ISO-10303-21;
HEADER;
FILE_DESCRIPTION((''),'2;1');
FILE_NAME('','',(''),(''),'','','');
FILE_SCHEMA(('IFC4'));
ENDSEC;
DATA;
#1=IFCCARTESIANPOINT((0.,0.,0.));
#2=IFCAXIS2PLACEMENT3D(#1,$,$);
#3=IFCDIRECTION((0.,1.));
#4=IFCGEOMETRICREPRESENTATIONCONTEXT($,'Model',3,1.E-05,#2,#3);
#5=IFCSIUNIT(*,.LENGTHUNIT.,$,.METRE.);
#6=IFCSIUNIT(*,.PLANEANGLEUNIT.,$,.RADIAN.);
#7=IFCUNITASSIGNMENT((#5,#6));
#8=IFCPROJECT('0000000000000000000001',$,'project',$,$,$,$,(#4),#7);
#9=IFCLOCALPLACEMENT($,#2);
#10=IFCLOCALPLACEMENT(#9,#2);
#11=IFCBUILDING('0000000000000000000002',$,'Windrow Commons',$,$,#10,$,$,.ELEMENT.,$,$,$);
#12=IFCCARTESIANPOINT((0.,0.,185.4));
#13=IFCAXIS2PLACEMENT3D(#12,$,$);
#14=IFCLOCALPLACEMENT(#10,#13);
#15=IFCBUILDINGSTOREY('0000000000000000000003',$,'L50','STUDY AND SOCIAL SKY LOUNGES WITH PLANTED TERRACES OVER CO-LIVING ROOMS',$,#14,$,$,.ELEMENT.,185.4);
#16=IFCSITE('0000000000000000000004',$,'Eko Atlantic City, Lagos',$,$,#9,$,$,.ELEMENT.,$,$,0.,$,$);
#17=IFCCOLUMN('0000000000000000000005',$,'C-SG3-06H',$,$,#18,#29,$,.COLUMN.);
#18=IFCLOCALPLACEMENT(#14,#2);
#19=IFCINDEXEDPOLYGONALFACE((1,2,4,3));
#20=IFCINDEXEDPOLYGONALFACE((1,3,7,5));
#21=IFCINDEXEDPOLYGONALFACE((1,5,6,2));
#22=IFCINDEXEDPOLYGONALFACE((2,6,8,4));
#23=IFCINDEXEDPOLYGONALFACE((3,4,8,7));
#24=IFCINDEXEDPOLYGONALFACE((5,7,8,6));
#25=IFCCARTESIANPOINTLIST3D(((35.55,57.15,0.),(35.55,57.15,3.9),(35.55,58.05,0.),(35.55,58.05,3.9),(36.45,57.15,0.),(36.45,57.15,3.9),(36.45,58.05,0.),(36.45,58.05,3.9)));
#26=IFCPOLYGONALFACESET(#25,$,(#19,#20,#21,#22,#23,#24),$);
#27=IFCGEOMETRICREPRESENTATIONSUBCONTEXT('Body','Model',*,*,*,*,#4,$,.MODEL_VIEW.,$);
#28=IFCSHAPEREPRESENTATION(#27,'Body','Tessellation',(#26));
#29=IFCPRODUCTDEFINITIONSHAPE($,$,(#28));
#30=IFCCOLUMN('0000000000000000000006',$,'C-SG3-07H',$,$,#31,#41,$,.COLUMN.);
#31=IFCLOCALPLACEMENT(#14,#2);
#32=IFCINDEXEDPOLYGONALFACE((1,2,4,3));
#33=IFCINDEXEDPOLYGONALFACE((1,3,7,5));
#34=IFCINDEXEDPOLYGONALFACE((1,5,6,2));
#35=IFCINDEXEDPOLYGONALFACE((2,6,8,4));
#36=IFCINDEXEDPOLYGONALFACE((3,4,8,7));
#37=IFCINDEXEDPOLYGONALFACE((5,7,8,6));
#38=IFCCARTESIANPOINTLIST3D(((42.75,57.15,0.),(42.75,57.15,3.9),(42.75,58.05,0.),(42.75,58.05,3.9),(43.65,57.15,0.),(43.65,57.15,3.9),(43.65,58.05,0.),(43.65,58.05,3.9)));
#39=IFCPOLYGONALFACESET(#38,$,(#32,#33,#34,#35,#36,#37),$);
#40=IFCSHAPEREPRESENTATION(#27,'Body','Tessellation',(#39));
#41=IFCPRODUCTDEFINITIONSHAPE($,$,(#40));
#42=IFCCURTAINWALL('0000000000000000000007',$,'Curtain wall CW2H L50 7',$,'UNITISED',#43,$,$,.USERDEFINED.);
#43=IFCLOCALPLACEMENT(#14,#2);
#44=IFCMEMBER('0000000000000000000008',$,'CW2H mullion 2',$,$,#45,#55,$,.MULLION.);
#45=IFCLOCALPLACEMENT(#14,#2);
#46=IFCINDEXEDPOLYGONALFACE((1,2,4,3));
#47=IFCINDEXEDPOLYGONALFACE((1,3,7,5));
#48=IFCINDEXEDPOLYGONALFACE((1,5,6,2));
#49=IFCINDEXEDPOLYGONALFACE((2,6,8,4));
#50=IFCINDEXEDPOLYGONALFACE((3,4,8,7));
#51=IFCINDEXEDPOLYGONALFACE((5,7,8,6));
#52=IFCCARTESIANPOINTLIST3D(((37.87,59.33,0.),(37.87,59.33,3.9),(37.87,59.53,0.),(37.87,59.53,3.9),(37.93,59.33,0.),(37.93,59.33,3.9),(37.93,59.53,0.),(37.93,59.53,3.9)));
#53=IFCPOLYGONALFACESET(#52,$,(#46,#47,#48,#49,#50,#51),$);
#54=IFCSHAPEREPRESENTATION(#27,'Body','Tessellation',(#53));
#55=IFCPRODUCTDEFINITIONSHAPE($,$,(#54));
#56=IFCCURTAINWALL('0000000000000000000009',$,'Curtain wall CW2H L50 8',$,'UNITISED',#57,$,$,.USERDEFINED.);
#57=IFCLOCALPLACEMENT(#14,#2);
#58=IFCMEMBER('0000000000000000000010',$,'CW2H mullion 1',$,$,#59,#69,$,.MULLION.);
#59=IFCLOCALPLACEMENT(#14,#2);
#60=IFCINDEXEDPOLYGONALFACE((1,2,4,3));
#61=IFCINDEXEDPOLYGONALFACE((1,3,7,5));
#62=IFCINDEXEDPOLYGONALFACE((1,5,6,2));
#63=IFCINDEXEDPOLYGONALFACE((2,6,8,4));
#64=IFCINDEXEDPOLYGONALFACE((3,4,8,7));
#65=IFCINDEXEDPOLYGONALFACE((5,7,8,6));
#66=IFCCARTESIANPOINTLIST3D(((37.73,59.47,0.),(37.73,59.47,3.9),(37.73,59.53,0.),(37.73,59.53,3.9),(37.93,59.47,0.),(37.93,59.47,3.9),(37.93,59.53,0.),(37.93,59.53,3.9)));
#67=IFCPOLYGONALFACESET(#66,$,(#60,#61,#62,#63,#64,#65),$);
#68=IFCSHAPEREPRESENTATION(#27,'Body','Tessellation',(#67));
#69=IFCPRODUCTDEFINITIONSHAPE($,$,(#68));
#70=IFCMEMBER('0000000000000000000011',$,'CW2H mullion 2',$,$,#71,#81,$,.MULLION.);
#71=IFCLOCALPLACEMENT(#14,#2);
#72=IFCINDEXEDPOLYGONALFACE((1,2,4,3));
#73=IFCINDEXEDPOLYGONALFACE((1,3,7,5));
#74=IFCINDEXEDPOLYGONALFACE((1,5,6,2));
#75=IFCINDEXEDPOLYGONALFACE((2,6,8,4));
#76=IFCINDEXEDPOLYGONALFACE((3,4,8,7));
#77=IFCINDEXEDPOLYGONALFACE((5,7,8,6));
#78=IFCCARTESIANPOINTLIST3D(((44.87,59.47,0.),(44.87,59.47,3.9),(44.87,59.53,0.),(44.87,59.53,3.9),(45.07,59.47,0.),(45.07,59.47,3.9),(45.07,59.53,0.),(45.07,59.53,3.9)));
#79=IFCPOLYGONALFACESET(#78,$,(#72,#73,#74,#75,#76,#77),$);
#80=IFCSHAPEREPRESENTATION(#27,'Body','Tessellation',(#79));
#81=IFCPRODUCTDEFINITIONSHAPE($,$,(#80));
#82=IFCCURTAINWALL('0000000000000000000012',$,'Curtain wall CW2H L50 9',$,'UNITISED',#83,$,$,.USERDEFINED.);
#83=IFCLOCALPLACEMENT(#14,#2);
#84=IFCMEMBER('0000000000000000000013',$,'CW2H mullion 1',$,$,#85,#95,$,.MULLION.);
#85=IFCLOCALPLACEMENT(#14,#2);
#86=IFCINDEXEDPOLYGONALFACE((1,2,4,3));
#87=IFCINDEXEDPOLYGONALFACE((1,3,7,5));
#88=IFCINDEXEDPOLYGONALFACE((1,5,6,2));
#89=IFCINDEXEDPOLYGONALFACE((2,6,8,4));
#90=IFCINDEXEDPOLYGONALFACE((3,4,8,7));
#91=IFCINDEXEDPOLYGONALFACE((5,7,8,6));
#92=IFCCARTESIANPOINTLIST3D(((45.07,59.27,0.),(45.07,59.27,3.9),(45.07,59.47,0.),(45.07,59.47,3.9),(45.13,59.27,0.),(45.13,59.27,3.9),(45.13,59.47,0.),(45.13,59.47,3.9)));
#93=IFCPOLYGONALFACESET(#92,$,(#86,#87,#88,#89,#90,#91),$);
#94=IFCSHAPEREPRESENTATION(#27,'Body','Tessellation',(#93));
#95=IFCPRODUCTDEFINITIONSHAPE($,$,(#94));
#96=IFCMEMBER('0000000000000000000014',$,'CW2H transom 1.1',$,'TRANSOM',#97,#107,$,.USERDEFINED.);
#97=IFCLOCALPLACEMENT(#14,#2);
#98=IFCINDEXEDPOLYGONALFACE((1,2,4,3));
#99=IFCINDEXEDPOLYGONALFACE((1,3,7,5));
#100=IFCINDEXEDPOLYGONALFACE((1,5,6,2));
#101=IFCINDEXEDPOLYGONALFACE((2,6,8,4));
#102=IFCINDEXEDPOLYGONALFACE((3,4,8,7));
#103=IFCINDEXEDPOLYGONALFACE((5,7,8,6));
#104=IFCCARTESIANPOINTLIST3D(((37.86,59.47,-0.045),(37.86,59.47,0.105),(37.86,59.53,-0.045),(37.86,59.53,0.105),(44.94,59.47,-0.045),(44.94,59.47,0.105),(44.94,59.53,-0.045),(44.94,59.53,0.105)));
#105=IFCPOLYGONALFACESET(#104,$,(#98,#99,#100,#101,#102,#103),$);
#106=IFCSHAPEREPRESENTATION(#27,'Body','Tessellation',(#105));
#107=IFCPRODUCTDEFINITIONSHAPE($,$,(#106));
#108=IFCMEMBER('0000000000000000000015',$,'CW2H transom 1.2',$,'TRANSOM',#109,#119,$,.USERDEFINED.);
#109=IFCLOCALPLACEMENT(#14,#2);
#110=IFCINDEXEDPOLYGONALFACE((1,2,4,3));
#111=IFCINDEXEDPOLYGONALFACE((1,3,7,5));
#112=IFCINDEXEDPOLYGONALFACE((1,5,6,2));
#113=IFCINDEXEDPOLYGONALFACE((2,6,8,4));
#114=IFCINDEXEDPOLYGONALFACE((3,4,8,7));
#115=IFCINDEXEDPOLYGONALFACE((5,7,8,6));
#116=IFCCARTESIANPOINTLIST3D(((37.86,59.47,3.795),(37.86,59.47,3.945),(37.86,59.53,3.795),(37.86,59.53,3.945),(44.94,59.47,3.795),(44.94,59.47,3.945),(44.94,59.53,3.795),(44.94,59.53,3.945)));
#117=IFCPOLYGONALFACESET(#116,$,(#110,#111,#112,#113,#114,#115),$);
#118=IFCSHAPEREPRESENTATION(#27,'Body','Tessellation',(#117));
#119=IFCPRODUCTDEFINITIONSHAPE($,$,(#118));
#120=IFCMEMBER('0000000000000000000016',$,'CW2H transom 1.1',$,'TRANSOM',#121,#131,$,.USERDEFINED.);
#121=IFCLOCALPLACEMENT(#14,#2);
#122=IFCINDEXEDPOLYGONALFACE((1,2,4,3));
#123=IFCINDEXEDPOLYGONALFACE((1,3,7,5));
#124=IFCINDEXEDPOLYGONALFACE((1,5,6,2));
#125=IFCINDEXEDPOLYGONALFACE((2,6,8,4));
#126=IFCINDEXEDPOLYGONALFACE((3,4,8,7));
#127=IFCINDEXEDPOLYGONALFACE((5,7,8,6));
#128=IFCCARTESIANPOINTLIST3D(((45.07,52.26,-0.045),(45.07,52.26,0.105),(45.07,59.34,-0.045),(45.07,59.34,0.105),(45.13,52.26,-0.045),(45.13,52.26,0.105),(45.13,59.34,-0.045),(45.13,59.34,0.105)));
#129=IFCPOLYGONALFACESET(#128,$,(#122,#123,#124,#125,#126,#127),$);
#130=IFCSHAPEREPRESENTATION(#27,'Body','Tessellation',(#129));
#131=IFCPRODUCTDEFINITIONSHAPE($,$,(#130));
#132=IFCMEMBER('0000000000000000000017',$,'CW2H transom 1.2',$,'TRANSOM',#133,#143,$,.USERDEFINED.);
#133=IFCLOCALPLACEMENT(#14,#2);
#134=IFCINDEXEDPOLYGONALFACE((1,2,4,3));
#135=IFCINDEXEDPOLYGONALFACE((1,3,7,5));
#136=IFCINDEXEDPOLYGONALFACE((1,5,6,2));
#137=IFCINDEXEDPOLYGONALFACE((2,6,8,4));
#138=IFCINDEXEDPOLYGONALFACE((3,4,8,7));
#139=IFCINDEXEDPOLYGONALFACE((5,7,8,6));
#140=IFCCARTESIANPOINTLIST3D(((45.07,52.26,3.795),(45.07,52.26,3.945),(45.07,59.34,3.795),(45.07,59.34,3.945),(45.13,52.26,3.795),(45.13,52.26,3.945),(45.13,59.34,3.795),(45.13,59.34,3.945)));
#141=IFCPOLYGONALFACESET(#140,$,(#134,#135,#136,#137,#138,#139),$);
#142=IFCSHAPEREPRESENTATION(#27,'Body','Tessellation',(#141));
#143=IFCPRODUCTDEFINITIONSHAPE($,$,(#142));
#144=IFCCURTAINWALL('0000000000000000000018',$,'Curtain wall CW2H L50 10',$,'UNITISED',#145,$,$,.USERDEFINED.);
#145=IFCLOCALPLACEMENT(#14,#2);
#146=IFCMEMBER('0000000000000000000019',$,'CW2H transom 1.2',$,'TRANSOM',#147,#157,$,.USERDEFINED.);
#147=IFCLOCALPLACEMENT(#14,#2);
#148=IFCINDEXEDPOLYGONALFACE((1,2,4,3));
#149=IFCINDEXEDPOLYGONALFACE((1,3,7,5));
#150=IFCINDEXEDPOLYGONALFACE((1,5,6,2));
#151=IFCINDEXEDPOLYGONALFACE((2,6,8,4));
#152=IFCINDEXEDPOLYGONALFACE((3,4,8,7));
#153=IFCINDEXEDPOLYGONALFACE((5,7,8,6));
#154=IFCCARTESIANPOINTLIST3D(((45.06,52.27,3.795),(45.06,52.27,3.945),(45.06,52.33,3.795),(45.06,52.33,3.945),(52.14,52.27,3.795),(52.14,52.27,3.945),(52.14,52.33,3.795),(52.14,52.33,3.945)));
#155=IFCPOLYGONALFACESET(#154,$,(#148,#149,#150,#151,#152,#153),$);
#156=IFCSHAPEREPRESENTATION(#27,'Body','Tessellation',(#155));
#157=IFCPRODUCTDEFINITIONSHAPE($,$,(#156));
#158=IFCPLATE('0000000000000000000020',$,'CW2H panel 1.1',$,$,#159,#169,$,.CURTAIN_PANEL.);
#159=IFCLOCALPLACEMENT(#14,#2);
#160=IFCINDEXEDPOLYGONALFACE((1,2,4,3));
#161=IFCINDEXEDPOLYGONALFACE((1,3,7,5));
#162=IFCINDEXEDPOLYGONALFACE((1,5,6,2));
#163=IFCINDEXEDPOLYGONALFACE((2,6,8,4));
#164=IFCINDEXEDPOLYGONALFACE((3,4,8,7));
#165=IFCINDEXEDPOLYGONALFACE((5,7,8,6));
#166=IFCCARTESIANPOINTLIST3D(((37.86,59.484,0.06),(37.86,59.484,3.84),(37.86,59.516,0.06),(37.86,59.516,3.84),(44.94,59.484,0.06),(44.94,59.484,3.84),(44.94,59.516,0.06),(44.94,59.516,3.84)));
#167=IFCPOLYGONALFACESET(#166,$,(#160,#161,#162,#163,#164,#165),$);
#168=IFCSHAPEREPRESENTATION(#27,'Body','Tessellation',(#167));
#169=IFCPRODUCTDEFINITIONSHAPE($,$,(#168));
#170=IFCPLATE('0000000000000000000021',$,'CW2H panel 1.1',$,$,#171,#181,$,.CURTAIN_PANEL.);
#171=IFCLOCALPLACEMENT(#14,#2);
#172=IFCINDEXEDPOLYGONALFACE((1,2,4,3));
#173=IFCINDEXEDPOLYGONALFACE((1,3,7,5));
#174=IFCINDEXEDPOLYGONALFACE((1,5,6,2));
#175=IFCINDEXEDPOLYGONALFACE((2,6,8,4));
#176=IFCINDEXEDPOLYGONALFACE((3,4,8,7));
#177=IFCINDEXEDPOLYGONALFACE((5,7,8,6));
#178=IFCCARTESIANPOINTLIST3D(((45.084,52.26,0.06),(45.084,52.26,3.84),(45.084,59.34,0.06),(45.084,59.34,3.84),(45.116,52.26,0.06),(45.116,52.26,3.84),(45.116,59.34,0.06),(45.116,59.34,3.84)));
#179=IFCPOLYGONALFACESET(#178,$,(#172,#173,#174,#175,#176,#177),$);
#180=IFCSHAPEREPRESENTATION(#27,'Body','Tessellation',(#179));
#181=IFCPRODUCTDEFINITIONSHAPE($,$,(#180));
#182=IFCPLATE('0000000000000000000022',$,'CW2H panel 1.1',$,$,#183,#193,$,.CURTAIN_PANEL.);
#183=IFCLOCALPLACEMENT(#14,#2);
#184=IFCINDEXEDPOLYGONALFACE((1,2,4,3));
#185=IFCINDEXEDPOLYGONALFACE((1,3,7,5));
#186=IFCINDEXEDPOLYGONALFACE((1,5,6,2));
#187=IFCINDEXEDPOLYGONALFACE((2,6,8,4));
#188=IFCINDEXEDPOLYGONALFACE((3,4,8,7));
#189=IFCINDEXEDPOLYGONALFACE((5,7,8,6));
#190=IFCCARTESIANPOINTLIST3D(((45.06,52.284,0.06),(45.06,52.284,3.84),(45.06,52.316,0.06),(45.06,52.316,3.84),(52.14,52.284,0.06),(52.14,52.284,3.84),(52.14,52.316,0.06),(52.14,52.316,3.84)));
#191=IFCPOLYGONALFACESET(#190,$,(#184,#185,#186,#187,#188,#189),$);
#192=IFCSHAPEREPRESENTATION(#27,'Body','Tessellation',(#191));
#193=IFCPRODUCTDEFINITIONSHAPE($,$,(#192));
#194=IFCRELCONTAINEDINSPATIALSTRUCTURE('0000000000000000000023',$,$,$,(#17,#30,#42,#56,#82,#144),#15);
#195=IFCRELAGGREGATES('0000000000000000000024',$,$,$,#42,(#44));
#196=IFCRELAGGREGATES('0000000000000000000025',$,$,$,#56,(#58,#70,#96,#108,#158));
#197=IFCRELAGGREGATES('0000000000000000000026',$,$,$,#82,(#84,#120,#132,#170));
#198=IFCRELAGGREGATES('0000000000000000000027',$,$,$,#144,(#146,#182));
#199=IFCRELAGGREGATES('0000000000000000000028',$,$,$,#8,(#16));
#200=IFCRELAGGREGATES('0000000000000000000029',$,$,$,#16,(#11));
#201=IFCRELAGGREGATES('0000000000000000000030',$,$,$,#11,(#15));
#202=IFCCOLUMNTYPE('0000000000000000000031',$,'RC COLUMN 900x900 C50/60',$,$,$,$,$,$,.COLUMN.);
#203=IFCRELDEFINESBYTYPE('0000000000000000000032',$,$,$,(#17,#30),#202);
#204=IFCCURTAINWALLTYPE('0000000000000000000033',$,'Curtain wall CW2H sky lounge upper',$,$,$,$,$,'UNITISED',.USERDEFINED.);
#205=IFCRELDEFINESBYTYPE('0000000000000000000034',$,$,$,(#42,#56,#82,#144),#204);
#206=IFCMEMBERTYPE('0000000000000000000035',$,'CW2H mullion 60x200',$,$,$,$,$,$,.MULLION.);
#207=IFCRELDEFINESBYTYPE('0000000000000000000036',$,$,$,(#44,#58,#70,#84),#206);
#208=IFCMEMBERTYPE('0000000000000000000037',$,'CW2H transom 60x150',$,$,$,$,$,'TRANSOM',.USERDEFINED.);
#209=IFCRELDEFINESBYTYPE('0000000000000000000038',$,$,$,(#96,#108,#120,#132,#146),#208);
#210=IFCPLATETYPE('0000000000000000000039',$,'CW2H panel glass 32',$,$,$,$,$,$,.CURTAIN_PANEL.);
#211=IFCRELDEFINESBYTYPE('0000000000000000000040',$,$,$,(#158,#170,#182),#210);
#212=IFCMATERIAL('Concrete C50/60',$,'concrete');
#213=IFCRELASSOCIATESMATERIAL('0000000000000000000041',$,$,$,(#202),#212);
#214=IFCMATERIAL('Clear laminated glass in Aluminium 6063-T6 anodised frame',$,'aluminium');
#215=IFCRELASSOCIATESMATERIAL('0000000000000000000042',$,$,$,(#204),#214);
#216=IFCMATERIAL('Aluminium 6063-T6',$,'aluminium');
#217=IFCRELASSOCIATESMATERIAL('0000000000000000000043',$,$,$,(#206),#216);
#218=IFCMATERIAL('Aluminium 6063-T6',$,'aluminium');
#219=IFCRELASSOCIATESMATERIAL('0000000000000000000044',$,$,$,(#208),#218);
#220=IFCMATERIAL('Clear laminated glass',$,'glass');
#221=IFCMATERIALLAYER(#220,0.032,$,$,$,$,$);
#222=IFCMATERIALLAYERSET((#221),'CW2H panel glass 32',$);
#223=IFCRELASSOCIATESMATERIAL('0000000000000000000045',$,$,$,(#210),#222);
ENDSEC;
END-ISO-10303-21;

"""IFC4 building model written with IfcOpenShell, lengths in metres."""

from ifc_helpers import new_model, si_unit, direction, frame, origin, origin_2d, place, context, subcontext, project, spatial, rectangle, extrude, material, layer, layer_set, material_profile, profile_set, type_object, element, aggregate, save


model = new_model("IFC4")

# Units and contexts
model_context = context("Model", 3, precision=1e-05, world=origin(), true_north=direction((0.0, 1.0)))
body_context = subcontext(model_context, "Body", "Model", "MODEL_VIEW")
ifc_project = project(units=[si_unit("LENGTHUNIT", "METRE"), si_unit("PLANEANGLEUNIT", "RADIAN")], contexts=[model_context])

# Site, building, storey
site_placement = place(None, origin())
site = spatial("IfcSite", under=ifc_project, at=site_placement, Name="Eko Atlantic City, Lagos", CompositionType="ELEMENT", RefElevation=0.0)
building_placement = place(site_placement, origin())
building = spatial("IfcBuilding", under=site, at=building_placement, Name="Windrow Commons", CompositionType="ELEMENT")
storey_placement = place(building_placement, frame((0.0, 0.0, 185.4)))
storey = spatial("IfcBuildingStorey", under=building, at=storey_placement, Name="L50", Description="STUDY AND SOCIAL SKY LOUNGES WITH PLANTED TERRACES OVER CO-LIVING ROOMS", CompositionType="ELEMENT", Elevation=185.4)

# Columns
ifc_material_1 = material(Name="Concrete C50/60", Category="concrete")
ifc_material_profile_1 = material_profile(ifc_material_1, rectangle(XDim=0.9, YDim=0.9, at=origin_2d()))
ifc_profile_set_1 = profile_set([ifc_material_profile_1], Name="Concrete C50/60")
column_type = type_object("IfcColumnType", Name="RC COLUMN 900x900 C50/60", PredefinedType="COLUMN", material=ifc_profile_set_1)
for number, where, z_axis, x_axis, name in (
    (1, (36.0, 57.6, 0.0), (0.0, 0.0, 1.0), (1.0, 0.0, 0.0), "C-SG3-06H"),
    (2, (43.2, 57.6, 0.0), (0.0, 0.0, 1.0), (1.0, 0.0, 0.0), "C-SG3-07H"),
):
    element("IfcColumn", number, at=place(storey_placement, frame(where, z_axis=z_axis, x_axis=x_axis)), inside=storey, type_object=column_type, Name=name, PredefinedType="COLUMN", context=body_context, shape_type="SweptSolid", body=[
        extrude(rectangle(XDim=0.9, YDim=0.9, at=origin_2d()), origin(), (0.0, 0.0, 1.0), 3.9),
    ])

# Curtain wall, member
ifc_material_2 = material(Name="Clear laminated glass in Aluminium 6063-T6 anodised frame", Category="aluminium")
curtain_wall_type = type_object("IfcCurtainWallType", Name="Curtain wall CW2H sky lounge upper", ElementType="UNITISED", PredefinedType="USERDEFINED", material=ifc_material_2)
placement = place(storey_placement, origin())
curtain_wall_1 = element("IfcCurtainWall", 3, at=placement, inside=storey, type_object=curtain_wall_type, Name="Curtain wall CW2H L50 7", ObjectType="UNITISED", PredefinedType="USERDEFINED")
ifc_material_3 = material(Name="Aluminium 6063-T6", Category="aluminium")
ifc_material_profile_2 = material_profile(ifc_material_3, rectangle(XDim=0.06, YDim=0.2, at=origin_2d()))
ifc_profile_set_2 = profile_set([ifc_material_profile_2], Name="Aluminium 6063-T6")
member_type_1 = type_object("IfcMemberType", Name="CW2H mullion 60x200", PredefinedType="MULLION", material=ifc_profile_set_2)
member_1_placement = place(storey_placement, frame((37.9, 59.43, 0.0), z_axis=(0.0, 0.0, 1.0), x_axis=(1.0, 0.0, 0.0)))
member_1 = element("IfcMember", 4, at=member_1_placement, type_object=member_type_1, Name="CW2H mullion 2", PredefinedType="MULLION", context=body_context, shape_type="SweptSolid", body=[
    extrude(rectangle(XDim=0.06, YDim=0.2, at=origin_2d()), origin(), (0.0, 0.0, 1.0), 3.9),
])
aggregate(curtain_wall_1, [member_1])

# Curtain wall, members
curtain_wall_2 = element("IfcCurtainWall", 5, at=placement, inside=storey, type_object=curtain_wall_type, Name="Curtain wall CW2H L50 8", ObjectType="UNITISED", PredefinedType="USERDEFINED")
member_2_placement = place(storey_placement, frame((37.83, 59.5, 0.0), z_axis=(0.0, 0.0, 1.0), x_axis=(0.0, 1.0, 0.0)))
member_2 = element("IfcMember", 6, at=member_2_placement, type_object=member_type_1, Name="CW2H mullion 1", PredefinedType="MULLION", context=body_context, shape_type="SweptSolid", body=[
    extrude(rectangle(XDim=0.06, YDim=0.2, at=origin_2d()), origin(), (0.0, 0.0, 1.0), 3.9),
])
member_3_placement = place(storey_placement, frame((44.97, 59.5, 0.0), z_axis=(0.0, 0.0, 1.0), x_axis=(0.0, 1.0, 0.0)))
member_3 = element("IfcMember", 7, at=member_3_placement, type_object=member_type_1, Name="CW2H mullion 2", PredefinedType="MULLION", context=body_context, shape_type="SweptSolid", body=[
    extrude(rectangle(XDim=0.06, YDim=0.2, at=origin_2d()), origin(), (0.0, 0.0, 1.0), 3.9),
])

# Curtain wall, member
curtain_wall_3 = element("IfcCurtainWall", 8, at=placement, inside=storey, type_object=curtain_wall_type, Name="Curtain wall CW2H L50 9", ObjectType="UNITISED", PredefinedType="USERDEFINED")
member_4_placement = place(storey_placement, frame((45.1, 59.37, 0.0), z_axis=(0.0, 0.0, 1.0), x_axis=(1.0, 0.0, 0.0)))
member_4 = element("IfcMember", 9, at=member_4_placement, type_object=member_type_1, Name="CW2H mullion 1", PredefinedType="MULLION", context=body_context, shape_type="SweptSolid", body=[
    extrude(rectangle(XDim=0.06, YDim=0.2, at=origin_2d()), origin(), (0.0, 0.0, 1.0), 3.9),
])

# Members
ifc_material_4 = material(Name="Aluminium 6063-T6", Category="aluminium")
ifc_material_profile_3 = material_profile(ifc_material_4, rectangle(XDim=0.06, YDim=0.15, at=origin_2d()))
ifc_profile_set_3 = profile_set([ifc_material_profile_3], Name="Aluminium 6063-T6")
member_type_2 = type_object("IfcMemberType", Name="CW2H transom 60x150", ElementType="TRANSOM", PredefinedType="USERDEFINED", material=ifc_profile_set_3)
member_5_placement = place(storey_placement, frame((37.86, 59.5, 0.03), z_axis=(1.0, 0.0, 0.0), x_axis=(0.0, 1.0, 0.0)))
member_5 = element("IfcMember", 10, at=member_5_placement, type_object=member_type_2, Name="CW2H transom 1.1", ObjectType="TRANSOM", PredefinedType="USERDEFINED", context=body_context, shape_type="SweptSolid", body=[
    extrude(rectangle(XDim=0.06, YDim=0.15, at=origin_2d()), origin(), (0.0, 0.0, 1.0), 7.08),
])
member_6_placement = place(storey_placement, frame((37.86, 59.5, 3.87), z_axis=(1.0, 0.0, 0.0), x_axis=(0.0, 1.0, 0.0)))
member_6 = element("IfcMember", 11, at=member_6_placement, type_object=member_type_2, Name="CW2H transom 1.2", ObjectType="TRANSOM", PredefinedType="USERDEFINED", context=body_context, shape_type="SweptSolid", body=[
    extrude(rectangle(XDim=0.06, YDim=0.15, at=origin_2d()), origin(), (0.0, 0.0, 1.0), 7.08),
])
member_7_placement = place(storey_placement, frame((45.1, 59.34, 0.03), z_axis=(0.0, -1.0, 0.0), x_axis=(1.0, 0.0, 0.0)))
member_7 = element("IfcMember", 12, at=member_7_placement, type_object=member_type_2, Name="CW2H transom 1.1", ObjectType="TRANSOM", PredefinedType="USERDEFINED", context=body_context, shape_type="SweptSolid", body=[
    extrude(rectangle(XDim=0.06, YDim=0.15, at=origin_2d()), origin(), (0.0, 0.0, 1.0), 7.08),
])
member_8_placement = place(storey_placement, frame((45.1, 59.34, 3.87), z_axis=(0.0, -1.0, 0.0), x_axis=(1.0, 0.0, 0.0)))
member_8 = element("IfcMember", 13, at=member_8_placement, type_object=member_type_2, Name="CW2H transom 1.2", ObjectType="TRANSOM", PredefinedType="USERDEFINED", context=body_context, shape_type="SweptSolid", body=[
    extrude(rectangle(XDim=0.06, YDim=0.15, at=origin_2d()), origin(), (0.0, 0.0, 1.0), 7.08),
])

# Curtain wall, member
curtain_wall_4 = element("IfcCurtainWall", 14, at=placement, inside=storey, type_object=curtain_wall_type, Name="Curtain wall CW2H L50 10", ObjectType="UNITISED", PredefinedType="USERDEFINED")
member_9_placement = place(storey_placement, frame((45.06, 52.3, 3.87), z_axis=(1.0, 0.0, 0.0), x_axis=(0.0, 1.0, 0.0)))
member_9 = element("IfcMember", 15, at=member_9_placement, type_object=member_type_2, Name="CW2H transom 1.2", ObjectType="TRANSOM", PredefinedType="USERDEFINED", context=body_context, shape_type="SweptSolid", body=[
    extrude(rectangle(XDim=0.06, YDim=0.15, at=origin_2d()), origin(), (0.0, 0.0, 1.0), 7.08),
])

# Plates
ifc_material_5 = material(Name="Clear laminated glass", Category="glass")
ifc_layer_1 = layer(ifc_material_5, 0.032)
ifc_layer_set_1 = layer_set([ifc_layer_1], Name="CW2H panel glass 32")
plate_type = type_object("IfcPlateType", Name="CW2H panel glass 32", PredefinedType="CURTAIN_PANEL", material=ifc_layer_set_1)
plate_1_placement = place(storey_placement, frame((41.4, 59.5, 0.06), z_axis=(0.0, 0.0, 1.0), x_axis=(1.0, 0.0, 0.0)))
plate_1 = element("IfcPlate", 16, at=plate_1_placement, type_object=plate_type, Name="CW2H panel 1.1", PredefinedType="CURTAIN_PANEL", context=body_context, shape_type="SweptSolid", body=[
    extrude(rectangle(XDim=7.08, YDim=0.032, at=origin_2d()), origin(), (0.0, 0.0, 1.0), 3.78),
])
aggregate(curtain_wall_2, [member_2, member_3, member_5, member_6, plate_1])
plate_2_placement = place(storey_placement, frame((45.1, 55.8, 0.06), z_axis=(0.0, 0.0, 1.0), x_axis=(0.0, -1.0, 0.0)))
plate_2 = element("IfcPlate", 17, at=plate_2_placement, type_object=plate_type, Name="CW2H panel 1.1", PredefinedType="CURTAIN_PANEL", context=body_context, shape_type="SweptSolid", body=[
    extrude(rectangle(XDim=7.08, YDim=0.032, at=origin_2d()), origin(), (0.0, 0.0, 1.0), 3.78),
])
aggregate(curtain_wall_3, [member_4, member_7, member_8, plate_2])
plate_3_placement = place(storey_placement, frame((48.6, 52.3, 0.06), z_axis=(0.0, 0.0, 1.0), x_axis=(1.0, 0.0, 0.0)))
plate_3 = element("IfcPlate", 18, at=plate_3_placement, type_object=plate_type, Name="CW2H panel 1.1", PredefinedType="CURTAIN_PANEL", context=body_context, shape_type="SweptSolid", body=[
    extrude(rectangle(XDim=7.08, YDim=0.032, at=origin_2d()), origin(), (0.0, 0.0, 1.0), 3.78),
])
aggregate(curtain_wall_4, [member_9, plate_3])

save(model, "model.ifc")
